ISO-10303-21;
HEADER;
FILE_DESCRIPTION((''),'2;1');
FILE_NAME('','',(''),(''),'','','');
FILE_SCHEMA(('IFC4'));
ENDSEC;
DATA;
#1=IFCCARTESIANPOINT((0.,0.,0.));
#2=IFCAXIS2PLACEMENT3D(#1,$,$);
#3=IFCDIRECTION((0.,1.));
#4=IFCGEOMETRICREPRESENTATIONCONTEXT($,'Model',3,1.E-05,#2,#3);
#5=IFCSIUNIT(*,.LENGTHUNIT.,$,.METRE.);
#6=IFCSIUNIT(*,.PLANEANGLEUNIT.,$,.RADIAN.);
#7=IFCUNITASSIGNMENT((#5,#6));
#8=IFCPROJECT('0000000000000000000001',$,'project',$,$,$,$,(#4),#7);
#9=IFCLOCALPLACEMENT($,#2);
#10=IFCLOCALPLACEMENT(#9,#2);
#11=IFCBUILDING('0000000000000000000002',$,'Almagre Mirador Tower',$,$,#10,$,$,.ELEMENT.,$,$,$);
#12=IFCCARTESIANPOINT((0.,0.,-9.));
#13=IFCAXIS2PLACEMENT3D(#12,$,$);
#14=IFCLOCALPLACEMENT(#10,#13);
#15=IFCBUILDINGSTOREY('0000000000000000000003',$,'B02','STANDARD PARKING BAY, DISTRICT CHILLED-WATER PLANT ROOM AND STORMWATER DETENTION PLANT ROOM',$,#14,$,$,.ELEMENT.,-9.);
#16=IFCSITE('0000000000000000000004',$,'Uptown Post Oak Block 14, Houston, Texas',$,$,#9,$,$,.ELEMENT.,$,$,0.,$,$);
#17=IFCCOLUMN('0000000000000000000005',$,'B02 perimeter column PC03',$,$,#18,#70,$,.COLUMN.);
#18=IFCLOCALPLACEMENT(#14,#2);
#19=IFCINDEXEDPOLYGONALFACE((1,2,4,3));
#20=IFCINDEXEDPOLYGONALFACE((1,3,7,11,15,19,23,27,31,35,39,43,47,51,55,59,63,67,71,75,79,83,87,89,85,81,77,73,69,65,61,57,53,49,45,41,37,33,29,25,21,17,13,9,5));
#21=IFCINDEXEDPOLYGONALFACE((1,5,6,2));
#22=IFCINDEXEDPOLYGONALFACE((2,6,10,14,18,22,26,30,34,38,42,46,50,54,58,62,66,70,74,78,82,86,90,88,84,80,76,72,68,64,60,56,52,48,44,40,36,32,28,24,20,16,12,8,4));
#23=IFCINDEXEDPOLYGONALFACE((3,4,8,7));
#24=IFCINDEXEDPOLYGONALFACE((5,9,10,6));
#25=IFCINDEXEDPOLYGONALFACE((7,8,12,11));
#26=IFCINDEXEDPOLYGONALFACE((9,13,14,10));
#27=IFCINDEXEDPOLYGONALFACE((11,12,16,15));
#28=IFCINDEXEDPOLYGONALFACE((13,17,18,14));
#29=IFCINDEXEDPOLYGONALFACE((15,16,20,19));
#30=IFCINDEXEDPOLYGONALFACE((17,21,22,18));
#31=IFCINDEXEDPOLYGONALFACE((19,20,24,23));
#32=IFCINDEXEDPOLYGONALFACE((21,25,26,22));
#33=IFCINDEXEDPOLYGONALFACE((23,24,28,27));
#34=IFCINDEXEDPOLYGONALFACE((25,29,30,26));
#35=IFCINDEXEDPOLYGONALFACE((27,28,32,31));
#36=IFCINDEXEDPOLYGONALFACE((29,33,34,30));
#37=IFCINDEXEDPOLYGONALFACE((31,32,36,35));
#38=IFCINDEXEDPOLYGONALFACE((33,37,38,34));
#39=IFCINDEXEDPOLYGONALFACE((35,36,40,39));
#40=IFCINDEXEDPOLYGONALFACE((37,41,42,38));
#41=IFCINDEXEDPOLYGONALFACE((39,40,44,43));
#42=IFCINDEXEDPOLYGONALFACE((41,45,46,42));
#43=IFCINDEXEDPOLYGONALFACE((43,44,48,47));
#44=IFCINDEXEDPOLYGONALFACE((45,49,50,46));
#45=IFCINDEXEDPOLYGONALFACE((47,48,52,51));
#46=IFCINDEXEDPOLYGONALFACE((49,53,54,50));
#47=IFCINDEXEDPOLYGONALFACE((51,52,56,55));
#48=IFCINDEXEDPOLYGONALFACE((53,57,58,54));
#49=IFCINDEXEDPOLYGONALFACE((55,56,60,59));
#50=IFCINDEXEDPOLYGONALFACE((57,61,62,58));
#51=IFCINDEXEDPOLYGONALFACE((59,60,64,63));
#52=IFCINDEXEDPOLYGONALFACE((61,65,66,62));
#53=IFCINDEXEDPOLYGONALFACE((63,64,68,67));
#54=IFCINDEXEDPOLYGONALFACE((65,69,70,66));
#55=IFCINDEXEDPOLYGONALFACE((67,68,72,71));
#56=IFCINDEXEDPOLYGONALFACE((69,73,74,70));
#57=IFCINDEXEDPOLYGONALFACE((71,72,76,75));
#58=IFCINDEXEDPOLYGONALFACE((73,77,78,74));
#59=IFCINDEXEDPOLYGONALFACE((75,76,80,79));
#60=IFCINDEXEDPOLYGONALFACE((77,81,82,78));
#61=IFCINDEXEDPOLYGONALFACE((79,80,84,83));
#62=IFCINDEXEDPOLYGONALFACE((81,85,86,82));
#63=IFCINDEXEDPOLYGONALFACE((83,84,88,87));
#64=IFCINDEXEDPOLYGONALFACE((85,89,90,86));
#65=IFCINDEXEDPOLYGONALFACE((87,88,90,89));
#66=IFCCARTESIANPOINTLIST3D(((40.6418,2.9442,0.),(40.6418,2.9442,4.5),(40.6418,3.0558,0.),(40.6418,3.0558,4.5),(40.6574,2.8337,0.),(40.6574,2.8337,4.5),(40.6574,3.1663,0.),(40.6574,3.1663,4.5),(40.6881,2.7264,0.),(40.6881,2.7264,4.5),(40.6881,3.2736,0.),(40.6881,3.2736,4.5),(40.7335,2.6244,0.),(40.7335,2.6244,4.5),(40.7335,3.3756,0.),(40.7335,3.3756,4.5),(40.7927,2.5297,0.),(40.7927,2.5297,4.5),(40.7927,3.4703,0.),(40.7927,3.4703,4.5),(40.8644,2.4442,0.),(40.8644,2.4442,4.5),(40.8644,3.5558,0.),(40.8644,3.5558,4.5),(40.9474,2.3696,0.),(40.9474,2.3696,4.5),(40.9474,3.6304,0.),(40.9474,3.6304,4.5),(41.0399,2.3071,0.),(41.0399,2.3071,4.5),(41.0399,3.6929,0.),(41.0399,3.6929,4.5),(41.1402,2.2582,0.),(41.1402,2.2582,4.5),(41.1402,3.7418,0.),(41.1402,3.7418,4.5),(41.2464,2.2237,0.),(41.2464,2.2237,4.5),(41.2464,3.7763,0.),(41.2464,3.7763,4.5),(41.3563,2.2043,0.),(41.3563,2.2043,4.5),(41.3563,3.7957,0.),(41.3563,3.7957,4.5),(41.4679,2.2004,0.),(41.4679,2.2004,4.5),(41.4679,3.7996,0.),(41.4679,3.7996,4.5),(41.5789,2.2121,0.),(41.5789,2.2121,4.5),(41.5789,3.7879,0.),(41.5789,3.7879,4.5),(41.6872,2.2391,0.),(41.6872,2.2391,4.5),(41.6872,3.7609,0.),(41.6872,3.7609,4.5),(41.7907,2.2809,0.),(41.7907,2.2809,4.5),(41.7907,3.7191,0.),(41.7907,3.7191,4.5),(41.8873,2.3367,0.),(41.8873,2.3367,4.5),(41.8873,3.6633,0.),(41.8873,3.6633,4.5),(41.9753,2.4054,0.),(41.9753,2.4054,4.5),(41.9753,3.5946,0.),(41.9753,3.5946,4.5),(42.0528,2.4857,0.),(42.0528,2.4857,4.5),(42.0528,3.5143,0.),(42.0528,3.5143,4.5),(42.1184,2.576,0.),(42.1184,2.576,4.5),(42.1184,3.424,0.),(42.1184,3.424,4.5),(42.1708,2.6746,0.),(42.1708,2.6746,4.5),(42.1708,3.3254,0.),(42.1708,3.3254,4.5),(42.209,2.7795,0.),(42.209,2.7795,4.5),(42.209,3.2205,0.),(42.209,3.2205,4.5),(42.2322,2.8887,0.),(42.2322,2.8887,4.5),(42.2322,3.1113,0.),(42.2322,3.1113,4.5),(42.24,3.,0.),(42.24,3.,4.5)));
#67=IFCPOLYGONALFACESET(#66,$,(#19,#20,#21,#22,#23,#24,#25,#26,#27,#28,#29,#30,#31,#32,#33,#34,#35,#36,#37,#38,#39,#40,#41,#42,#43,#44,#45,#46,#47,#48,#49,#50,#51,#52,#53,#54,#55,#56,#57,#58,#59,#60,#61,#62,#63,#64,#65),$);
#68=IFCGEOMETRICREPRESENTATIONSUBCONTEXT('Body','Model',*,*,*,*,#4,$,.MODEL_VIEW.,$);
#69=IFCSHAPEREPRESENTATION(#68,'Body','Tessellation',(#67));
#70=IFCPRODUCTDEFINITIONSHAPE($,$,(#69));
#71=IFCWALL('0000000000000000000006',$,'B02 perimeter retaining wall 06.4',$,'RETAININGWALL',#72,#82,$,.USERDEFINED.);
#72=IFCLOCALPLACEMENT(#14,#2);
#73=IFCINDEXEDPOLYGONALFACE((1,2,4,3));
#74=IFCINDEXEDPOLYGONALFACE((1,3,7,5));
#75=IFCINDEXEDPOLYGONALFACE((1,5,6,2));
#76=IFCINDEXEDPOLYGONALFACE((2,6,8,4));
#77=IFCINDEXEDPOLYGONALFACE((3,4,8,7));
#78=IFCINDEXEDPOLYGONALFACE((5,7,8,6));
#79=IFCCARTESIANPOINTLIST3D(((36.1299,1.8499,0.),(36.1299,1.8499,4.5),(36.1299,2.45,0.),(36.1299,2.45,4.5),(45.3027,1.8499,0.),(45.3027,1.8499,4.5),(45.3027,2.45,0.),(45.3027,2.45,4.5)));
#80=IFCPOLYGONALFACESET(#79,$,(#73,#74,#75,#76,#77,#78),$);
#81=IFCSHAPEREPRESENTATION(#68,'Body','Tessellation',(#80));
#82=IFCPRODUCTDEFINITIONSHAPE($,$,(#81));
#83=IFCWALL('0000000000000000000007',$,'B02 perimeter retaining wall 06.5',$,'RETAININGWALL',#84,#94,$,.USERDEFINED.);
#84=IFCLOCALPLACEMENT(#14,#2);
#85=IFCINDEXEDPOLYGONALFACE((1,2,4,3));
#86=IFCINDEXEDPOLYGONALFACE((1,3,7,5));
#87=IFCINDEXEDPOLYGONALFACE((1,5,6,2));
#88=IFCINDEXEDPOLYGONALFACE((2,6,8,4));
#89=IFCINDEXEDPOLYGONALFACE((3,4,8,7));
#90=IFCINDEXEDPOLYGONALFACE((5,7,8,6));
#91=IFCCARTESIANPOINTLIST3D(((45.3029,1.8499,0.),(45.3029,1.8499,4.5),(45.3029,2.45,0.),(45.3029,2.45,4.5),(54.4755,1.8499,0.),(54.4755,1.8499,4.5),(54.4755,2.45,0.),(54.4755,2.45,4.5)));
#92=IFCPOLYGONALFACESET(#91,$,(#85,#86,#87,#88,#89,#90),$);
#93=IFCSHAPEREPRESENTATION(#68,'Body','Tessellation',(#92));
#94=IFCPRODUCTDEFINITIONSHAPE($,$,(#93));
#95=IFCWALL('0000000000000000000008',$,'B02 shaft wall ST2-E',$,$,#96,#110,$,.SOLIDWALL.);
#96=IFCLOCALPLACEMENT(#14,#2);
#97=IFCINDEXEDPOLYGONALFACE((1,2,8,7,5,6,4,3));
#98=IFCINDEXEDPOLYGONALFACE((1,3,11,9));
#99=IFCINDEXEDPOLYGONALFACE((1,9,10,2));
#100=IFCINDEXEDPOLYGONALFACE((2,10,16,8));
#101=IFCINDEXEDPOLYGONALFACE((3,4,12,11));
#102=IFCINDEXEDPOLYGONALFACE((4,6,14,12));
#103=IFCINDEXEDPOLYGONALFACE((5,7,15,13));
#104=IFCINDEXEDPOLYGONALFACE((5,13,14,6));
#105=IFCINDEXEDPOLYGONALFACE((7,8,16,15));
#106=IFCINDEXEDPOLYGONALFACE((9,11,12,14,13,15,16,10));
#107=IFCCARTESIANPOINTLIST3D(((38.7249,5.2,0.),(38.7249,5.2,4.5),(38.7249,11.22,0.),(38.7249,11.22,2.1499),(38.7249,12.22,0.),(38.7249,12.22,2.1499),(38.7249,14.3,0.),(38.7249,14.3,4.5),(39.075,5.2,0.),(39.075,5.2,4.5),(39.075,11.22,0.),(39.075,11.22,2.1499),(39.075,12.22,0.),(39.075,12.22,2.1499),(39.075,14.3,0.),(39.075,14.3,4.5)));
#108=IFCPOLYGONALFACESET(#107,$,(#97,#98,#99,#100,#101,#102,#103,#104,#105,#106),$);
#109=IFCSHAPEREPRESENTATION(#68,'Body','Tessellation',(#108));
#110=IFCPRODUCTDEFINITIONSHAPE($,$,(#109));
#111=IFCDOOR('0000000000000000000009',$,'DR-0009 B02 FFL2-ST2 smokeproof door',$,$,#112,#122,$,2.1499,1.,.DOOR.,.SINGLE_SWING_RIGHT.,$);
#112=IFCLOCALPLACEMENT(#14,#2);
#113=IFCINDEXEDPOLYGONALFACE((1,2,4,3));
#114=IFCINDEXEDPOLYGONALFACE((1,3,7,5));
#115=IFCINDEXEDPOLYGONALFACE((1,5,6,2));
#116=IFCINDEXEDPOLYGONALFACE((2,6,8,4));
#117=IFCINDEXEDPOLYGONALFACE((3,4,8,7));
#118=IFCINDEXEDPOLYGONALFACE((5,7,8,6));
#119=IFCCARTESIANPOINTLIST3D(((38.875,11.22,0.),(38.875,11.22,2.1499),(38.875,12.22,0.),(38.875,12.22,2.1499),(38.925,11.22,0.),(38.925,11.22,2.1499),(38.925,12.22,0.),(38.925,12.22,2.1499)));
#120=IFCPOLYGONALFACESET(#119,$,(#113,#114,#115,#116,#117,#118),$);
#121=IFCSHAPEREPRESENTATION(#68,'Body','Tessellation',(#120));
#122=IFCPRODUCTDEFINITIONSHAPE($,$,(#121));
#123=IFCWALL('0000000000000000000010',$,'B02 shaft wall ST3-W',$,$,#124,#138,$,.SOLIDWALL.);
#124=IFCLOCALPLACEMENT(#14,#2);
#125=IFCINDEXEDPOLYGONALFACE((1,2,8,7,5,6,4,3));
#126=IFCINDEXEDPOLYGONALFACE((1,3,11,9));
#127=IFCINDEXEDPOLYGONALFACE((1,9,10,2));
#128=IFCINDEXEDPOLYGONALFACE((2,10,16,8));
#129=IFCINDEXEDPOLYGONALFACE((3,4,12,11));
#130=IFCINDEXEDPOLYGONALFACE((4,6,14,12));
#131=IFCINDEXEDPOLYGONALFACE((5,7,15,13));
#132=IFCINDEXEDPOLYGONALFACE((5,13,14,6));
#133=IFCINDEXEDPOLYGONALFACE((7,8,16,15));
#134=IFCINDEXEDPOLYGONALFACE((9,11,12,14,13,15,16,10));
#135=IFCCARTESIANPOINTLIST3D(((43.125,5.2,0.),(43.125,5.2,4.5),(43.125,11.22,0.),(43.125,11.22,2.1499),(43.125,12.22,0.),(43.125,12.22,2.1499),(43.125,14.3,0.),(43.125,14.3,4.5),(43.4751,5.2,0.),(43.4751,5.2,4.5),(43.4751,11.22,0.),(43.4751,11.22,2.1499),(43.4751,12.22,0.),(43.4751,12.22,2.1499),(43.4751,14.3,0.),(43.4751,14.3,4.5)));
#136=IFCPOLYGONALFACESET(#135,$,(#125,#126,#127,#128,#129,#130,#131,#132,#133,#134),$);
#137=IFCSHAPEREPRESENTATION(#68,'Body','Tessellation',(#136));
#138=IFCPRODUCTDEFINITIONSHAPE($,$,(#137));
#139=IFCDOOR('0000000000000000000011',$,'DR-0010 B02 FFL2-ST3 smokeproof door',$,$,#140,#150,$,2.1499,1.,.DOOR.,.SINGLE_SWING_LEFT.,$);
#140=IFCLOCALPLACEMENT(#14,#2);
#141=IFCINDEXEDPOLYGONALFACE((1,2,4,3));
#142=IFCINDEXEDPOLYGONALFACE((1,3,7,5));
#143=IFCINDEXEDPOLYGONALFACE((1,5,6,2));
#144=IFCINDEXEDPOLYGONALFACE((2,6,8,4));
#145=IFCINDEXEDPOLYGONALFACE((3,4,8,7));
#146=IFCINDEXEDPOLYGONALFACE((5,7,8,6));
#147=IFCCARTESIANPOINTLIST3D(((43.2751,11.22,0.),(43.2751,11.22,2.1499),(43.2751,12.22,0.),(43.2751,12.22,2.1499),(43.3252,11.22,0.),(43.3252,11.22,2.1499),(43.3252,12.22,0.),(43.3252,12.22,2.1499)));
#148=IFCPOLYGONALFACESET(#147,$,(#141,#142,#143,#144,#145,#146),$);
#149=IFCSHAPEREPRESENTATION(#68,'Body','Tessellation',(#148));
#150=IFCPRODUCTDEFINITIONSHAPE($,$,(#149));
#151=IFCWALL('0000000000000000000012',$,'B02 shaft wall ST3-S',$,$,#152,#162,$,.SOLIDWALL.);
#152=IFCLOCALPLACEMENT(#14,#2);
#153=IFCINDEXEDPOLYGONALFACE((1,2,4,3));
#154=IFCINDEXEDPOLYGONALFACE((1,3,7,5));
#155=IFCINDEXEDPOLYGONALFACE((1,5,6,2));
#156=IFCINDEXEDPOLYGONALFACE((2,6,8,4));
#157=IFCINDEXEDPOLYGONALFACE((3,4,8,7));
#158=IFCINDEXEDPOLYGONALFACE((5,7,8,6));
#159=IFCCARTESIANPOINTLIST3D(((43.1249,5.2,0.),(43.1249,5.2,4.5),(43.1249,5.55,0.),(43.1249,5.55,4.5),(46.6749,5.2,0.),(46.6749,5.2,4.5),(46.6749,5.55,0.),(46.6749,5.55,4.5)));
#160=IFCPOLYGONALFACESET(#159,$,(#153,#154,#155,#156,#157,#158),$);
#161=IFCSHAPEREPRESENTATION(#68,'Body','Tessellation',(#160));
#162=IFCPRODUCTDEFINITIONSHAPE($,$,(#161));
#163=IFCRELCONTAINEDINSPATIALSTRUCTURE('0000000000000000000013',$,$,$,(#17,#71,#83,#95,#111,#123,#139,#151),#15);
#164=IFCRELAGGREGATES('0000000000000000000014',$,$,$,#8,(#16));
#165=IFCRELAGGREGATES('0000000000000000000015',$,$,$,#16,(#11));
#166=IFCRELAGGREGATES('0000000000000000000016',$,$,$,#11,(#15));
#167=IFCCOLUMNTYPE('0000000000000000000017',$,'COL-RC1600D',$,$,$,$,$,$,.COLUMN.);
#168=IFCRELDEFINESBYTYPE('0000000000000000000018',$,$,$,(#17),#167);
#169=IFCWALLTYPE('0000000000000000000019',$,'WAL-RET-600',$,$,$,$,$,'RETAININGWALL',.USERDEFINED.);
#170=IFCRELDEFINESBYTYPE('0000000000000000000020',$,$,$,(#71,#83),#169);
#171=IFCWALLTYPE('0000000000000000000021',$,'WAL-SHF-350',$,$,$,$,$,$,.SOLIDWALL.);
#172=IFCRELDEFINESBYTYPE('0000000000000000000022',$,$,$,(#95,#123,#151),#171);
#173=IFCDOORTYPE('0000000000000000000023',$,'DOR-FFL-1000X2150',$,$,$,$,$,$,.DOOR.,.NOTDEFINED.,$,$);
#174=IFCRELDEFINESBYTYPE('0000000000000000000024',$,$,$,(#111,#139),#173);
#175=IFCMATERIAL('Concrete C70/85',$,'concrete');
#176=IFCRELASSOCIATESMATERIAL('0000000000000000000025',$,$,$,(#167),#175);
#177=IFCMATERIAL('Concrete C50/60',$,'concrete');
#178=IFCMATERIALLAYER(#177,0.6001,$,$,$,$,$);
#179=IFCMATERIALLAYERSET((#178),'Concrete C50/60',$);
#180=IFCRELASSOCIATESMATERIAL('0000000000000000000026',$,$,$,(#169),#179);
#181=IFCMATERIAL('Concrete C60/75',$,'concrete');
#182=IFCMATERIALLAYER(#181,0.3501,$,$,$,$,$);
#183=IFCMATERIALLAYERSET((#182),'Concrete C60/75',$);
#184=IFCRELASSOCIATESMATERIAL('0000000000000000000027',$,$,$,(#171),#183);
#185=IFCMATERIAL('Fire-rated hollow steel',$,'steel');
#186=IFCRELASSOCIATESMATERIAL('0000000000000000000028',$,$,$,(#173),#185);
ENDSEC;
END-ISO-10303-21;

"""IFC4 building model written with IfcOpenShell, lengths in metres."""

from ifc_helpers import new_model, si_unit, direction, frame, frame_2d, origin, origin_2d, place, context, subcontext, project, spatial, rectangle, circle, extrude, material, layer, layer_set, material_profile, profile_set, type_object, element, fill, save


model = new_model("IFC4")

# Units and contexts
model_context = context("Model", 3, precision=1e-05, world=origin(), true_north=direction((0.0, 1.0)))
body_context = subcontext(model_context, "Body", "Model", "MODEL_VIEW")
ifc_project = project(units=[si_unit("LENGTHUNIT", "METRE"), si_unit("PLANEANGLEUNIT", "RADIAN")], contexts=[model_context])

# Site, building, storey
site_placement = place(None, origin())
site = spatial("IfcSite", under=ifc_project, at=site_placement, Name="Uptown Post Oak Block 14, Houston, Texas", CompositionType="ELEMENT", RefElevation=0.0)
building_placement = place(site_placement, origin())
building = spatial("IfcBuilding", under=site, at=building_placement, Name="Almagre Mirador Tower", CompositionType="ELEMENT")
storey_placement = place(building_placement, frame((0.0, 0.0, -9.0)))
storey = spatial("IfcBuildingStorey", under=building, at=storey_placement, Name="B02", Description="STANDARD PARKING BAY, DISTRICT CHILLED-WATER PLANT ROOM AND STORMWATER DETENTION PLANT ROOM", CompositionType="ELEMENT", Elevation=-9.0)

# Column
ifc_material_1 = material(Name="Concrete C70/85", Category="concrete")
ifc_material_profile_1 = material_profile(ifc_material_1, circle(Radius=0.8, at=origin_2d()), Name="RC1600D")
ifc_profile_set_1 = profile_set([ifc_material_profile_1], Name="Concrete C70/85")
column_type = type_object("IfcColumnType", Name="COL-RC1600D", PredefinedType="COLUMN", material=ifc_profile_set_1)
column_placement = place(storey_placement, frame((41.4399, 3.0, 0.0), z_axis=(0.0, 0.0, 1.0), x_axis=(1.0, 0.0, 0.0)))
element("IfcColumn", 1, at=column_placement, inside=storey, type_object=column_type, Name="B02 perimeter column PC03", PredefinedType="COLUMN", context=body_context, shape_type="SweptSolid", body=[
    extrude(circle(Radius=0.8, at=origin_2d()), origin(), (0.0, 0.0, 1.0), 4.5),
])

# Walls
ifc_material_2 = material(Name="Concrete C50/60", Category="concrete")
ifc_layer_1 = layer(ifc_material_2, 0.6001)
ifc_layer_set_1 = layer_set([ifc_layer_1], Name="Concrete C50/60")
wall_type_1 = type_object("IfcWallType", Name="WAL-RET-600", ElementType="RETAININGWALL", PredefinedType="USERDEFINED", material=ifc_layer_set_1)
wall_1_placement = place(storey_placement, frame((36.1299, 2.1499, 0.0), z_axis=(0.0, 0.0, 1.0), x_axis=(1.0, 0.0, 0.0)))
element("IfcWall", 2, at=wall_1_placement, inside=storey, type_object=wall_type_1, Name="B02 perimeter retaining wall 06.4", ObjectType="RETAININGWALL", PredefinedType="USERDEFINED", context=body_context, shape_type="SweptSolid", body=[
    extrude(rectangle(XDim=9.1729, YDim=0.6001, at=frame_2d((4.5864, 0.0))), origin(), (0.0, 0.0, 1.0), 4.5),
])
wall_2_placement = place(storey_placement, frame((45.3027, 2.1499, 0.0), z_axis=(0.0, 0.0, 1.0), x_axis=(1.0, 0.0, 0.0)))
element("IfcWall", 3, at=wall_2_placement, inside=storey, type_object=wall_type_1, Name="B02 perimeter retaining wall 06.5", ObjectType="RETAININGWALL", PredefinedType="USERDEFINED", context=body_context, shape_type="SweptSolid", body=[
    extrude(rectangle(XDim=9.1726, YDim=0.6001, at=frame_2d((4.5864, 0.0))), origin(), (0.0, 0.0, 1.0), 4.5),
])

# Walls, openings, doors
ifc_material_3 = material(Name="Concrete C60/75", Category="concrete")
ifc_layer_2 = layer(ifc_material_3, 0.3501)
ifc_layer_set_2 = layer_set([ifc_layer_2], Name="Concrete C60/75")
wall_type_2 = type_object("IfcWallType", Name="WAL-SHF-350", PredefinedType="SOLIDWALL", material=ifc_layer_set_2)
wall_3_placement = place(storey_placement, frame((38.8999, 5.2, 0.0), z_axis=(0.0, 0.0, 1.0), x_axis=(0.0, 1.0, 0.0)))
wall_3 = element("IfcWall", 4, at=wall_3_placement, inside=storey, type_object=wall_type_2, Name="B02 shaft wall ST2-E", PredefinedType="SOLIDWALL", context=body_context, shape_type="SweptSolid", body=[
    extrude(rectangle(XDim=9.1001, YDim=0.3501, at=frame_2d((4.55, 0.0))), origin(), (0.0, 0.0, 1.0), 4.5),
])
opening_1_placement = place(wall_3_placement, frame((6.02, 0.0, 0.0)))
opening_1 = element("IfcOpeningElement", 5, at=opening_1_placement, cuts=wall_3, PredefinedType="OPENING", context=body_context, shape_type="SweptSolid", body=[
    extrude(rectangle(XDim=1.0, YDim=2.1499, at=frame_2d((0.5, 1.075))), frame((0.0, 0.185, 0.0), z_axis=(0.0, -1.0, 0.0), x_axis=(1.0, 0.0, 0.0)), (0.0, 0.0, 1.0), 0.3701),
])
ifc_material_4 = material(Name="Fire-rated hollow steel", Category="steel")
door_type_1 = type_object("IfcDoorType", Name="DOR-FFL-1000X2150", OperationType="NOTDEFINED", PredefinedType="DOOR", material=ifc_material_4)
door_1_placement = place(opening_1_placement, origin())
door_1 = element("IfcDoor", 6, at=door_1_placement, inside=storey, type_object=door_type_1, Name="DR-0009 B02 FFL2-ST2 smokeproof door", OperationType="SINGLE_SWING_RIGHT", OverallHeight=2.1499, OverallWidth=1.0, PredefinedType="DOOR", context=body_context, shape_type="SweptSolid", body=[
    extrude(rectangle(XDim=1.0, YDim=2.1499, at=frame_2d((0.5, 1.075))), frame((0.0, 0.0249, 0.0), z_axis=(0.0, -1.0, 0.0), x_axis=(1.0, 0.0, 0.0)), (0.0, 0.0, 1.0), 0.05),
])
fill(opening_1, door_1)
wall_4_placement = place(storey_placement, frame((43.3, 5.2, 0.0), z_axis=(0.0, 0.0, 1.0), x_axis=(0.0, 1.0, 0.0)))
wall_4 = element("IfcWall", 7, at=wall_4_placement, inside=storey, type_object=wall_type_2, Name="B02 shaft wall ST3-W", PredefinedType="SOLIDWALL", context=body_context, shape_type="SweptSolid", body=[
    extrude(rectangle(XDim=9.1001, YDim=0.3501, at=frame_2d((4.55, 0.0))), origin(), (0.0, 0.0, 1.0), 4.5),
])
opening_2_placement = place(wall_4_placement, frame((6.02, 0.0, 0.0)))
opening_2 = element("IfcOpeningElement", 8, at=opening_2_placement, cuts=wall_4, PredefinedType="OPENING", context=body_context, shape_type="SweptSolid", body=[
    extrude(rectangle(XDim=1.0, YDim=2.1499, at=frame_2d((0.5, 1.075))), frame((0.0, 0.185, 0.0), z_axis=(0.0, -1.0, 0.0), x_axis=(1.0, 0.0, 0.0)), (0.0, 0.0, 1.0), 0.3701),
])
door_2_placement = place(opening_2_placement, origin())
door_2 = element("IfcDoor", 9, at=door_2_placement, inside=storey, type_object=door_type_1, Name="DR-0010 B02 FFL2-ST3 smokeproof door", OperationType="SINGLE_SWING_LEFT", OverallHeight=2.1499, OverallWidth=1.0, PredefinedType="DOOR", context=body_context, shape_type="SweptSolid", body=[
    extrude(rectangle(XDim=1.0, YDim=2.1499, at=frame_2d((0.5, 1.075))), frame((0.0, 0.0249, 0.0), z_axis=(0.0, -1.0, 0.0), x_axis=(1.0, 0.0, 0.0)), (0.0, 0.0, 1.0), 0.05),
])
fill(opening_2, door_2)

# Wall
wall_5_placement = place(storey_placement, frame((43.125, 5.375, 0.0), z_axis=(0.0, 0.0, 1.0), x_axis=(1.0, 0.0, 0.0)))
element("IfcWall", 10, at=wall_5_placement, inside=storey, type_object=wall_type_2, Name="B02 shaft wall ST3-S", PredefinedType="SOLIDWALL", context=body_context, shape_type="SweptSolid", body=[
    extrude(rectangle(XDim=3.55, YDim=0.3501, at=frame_2d((1.7749, 0.0))), origin(), (0.0, 0.0, 1.0), 4.5),
])

save(model, "model.ifc")
